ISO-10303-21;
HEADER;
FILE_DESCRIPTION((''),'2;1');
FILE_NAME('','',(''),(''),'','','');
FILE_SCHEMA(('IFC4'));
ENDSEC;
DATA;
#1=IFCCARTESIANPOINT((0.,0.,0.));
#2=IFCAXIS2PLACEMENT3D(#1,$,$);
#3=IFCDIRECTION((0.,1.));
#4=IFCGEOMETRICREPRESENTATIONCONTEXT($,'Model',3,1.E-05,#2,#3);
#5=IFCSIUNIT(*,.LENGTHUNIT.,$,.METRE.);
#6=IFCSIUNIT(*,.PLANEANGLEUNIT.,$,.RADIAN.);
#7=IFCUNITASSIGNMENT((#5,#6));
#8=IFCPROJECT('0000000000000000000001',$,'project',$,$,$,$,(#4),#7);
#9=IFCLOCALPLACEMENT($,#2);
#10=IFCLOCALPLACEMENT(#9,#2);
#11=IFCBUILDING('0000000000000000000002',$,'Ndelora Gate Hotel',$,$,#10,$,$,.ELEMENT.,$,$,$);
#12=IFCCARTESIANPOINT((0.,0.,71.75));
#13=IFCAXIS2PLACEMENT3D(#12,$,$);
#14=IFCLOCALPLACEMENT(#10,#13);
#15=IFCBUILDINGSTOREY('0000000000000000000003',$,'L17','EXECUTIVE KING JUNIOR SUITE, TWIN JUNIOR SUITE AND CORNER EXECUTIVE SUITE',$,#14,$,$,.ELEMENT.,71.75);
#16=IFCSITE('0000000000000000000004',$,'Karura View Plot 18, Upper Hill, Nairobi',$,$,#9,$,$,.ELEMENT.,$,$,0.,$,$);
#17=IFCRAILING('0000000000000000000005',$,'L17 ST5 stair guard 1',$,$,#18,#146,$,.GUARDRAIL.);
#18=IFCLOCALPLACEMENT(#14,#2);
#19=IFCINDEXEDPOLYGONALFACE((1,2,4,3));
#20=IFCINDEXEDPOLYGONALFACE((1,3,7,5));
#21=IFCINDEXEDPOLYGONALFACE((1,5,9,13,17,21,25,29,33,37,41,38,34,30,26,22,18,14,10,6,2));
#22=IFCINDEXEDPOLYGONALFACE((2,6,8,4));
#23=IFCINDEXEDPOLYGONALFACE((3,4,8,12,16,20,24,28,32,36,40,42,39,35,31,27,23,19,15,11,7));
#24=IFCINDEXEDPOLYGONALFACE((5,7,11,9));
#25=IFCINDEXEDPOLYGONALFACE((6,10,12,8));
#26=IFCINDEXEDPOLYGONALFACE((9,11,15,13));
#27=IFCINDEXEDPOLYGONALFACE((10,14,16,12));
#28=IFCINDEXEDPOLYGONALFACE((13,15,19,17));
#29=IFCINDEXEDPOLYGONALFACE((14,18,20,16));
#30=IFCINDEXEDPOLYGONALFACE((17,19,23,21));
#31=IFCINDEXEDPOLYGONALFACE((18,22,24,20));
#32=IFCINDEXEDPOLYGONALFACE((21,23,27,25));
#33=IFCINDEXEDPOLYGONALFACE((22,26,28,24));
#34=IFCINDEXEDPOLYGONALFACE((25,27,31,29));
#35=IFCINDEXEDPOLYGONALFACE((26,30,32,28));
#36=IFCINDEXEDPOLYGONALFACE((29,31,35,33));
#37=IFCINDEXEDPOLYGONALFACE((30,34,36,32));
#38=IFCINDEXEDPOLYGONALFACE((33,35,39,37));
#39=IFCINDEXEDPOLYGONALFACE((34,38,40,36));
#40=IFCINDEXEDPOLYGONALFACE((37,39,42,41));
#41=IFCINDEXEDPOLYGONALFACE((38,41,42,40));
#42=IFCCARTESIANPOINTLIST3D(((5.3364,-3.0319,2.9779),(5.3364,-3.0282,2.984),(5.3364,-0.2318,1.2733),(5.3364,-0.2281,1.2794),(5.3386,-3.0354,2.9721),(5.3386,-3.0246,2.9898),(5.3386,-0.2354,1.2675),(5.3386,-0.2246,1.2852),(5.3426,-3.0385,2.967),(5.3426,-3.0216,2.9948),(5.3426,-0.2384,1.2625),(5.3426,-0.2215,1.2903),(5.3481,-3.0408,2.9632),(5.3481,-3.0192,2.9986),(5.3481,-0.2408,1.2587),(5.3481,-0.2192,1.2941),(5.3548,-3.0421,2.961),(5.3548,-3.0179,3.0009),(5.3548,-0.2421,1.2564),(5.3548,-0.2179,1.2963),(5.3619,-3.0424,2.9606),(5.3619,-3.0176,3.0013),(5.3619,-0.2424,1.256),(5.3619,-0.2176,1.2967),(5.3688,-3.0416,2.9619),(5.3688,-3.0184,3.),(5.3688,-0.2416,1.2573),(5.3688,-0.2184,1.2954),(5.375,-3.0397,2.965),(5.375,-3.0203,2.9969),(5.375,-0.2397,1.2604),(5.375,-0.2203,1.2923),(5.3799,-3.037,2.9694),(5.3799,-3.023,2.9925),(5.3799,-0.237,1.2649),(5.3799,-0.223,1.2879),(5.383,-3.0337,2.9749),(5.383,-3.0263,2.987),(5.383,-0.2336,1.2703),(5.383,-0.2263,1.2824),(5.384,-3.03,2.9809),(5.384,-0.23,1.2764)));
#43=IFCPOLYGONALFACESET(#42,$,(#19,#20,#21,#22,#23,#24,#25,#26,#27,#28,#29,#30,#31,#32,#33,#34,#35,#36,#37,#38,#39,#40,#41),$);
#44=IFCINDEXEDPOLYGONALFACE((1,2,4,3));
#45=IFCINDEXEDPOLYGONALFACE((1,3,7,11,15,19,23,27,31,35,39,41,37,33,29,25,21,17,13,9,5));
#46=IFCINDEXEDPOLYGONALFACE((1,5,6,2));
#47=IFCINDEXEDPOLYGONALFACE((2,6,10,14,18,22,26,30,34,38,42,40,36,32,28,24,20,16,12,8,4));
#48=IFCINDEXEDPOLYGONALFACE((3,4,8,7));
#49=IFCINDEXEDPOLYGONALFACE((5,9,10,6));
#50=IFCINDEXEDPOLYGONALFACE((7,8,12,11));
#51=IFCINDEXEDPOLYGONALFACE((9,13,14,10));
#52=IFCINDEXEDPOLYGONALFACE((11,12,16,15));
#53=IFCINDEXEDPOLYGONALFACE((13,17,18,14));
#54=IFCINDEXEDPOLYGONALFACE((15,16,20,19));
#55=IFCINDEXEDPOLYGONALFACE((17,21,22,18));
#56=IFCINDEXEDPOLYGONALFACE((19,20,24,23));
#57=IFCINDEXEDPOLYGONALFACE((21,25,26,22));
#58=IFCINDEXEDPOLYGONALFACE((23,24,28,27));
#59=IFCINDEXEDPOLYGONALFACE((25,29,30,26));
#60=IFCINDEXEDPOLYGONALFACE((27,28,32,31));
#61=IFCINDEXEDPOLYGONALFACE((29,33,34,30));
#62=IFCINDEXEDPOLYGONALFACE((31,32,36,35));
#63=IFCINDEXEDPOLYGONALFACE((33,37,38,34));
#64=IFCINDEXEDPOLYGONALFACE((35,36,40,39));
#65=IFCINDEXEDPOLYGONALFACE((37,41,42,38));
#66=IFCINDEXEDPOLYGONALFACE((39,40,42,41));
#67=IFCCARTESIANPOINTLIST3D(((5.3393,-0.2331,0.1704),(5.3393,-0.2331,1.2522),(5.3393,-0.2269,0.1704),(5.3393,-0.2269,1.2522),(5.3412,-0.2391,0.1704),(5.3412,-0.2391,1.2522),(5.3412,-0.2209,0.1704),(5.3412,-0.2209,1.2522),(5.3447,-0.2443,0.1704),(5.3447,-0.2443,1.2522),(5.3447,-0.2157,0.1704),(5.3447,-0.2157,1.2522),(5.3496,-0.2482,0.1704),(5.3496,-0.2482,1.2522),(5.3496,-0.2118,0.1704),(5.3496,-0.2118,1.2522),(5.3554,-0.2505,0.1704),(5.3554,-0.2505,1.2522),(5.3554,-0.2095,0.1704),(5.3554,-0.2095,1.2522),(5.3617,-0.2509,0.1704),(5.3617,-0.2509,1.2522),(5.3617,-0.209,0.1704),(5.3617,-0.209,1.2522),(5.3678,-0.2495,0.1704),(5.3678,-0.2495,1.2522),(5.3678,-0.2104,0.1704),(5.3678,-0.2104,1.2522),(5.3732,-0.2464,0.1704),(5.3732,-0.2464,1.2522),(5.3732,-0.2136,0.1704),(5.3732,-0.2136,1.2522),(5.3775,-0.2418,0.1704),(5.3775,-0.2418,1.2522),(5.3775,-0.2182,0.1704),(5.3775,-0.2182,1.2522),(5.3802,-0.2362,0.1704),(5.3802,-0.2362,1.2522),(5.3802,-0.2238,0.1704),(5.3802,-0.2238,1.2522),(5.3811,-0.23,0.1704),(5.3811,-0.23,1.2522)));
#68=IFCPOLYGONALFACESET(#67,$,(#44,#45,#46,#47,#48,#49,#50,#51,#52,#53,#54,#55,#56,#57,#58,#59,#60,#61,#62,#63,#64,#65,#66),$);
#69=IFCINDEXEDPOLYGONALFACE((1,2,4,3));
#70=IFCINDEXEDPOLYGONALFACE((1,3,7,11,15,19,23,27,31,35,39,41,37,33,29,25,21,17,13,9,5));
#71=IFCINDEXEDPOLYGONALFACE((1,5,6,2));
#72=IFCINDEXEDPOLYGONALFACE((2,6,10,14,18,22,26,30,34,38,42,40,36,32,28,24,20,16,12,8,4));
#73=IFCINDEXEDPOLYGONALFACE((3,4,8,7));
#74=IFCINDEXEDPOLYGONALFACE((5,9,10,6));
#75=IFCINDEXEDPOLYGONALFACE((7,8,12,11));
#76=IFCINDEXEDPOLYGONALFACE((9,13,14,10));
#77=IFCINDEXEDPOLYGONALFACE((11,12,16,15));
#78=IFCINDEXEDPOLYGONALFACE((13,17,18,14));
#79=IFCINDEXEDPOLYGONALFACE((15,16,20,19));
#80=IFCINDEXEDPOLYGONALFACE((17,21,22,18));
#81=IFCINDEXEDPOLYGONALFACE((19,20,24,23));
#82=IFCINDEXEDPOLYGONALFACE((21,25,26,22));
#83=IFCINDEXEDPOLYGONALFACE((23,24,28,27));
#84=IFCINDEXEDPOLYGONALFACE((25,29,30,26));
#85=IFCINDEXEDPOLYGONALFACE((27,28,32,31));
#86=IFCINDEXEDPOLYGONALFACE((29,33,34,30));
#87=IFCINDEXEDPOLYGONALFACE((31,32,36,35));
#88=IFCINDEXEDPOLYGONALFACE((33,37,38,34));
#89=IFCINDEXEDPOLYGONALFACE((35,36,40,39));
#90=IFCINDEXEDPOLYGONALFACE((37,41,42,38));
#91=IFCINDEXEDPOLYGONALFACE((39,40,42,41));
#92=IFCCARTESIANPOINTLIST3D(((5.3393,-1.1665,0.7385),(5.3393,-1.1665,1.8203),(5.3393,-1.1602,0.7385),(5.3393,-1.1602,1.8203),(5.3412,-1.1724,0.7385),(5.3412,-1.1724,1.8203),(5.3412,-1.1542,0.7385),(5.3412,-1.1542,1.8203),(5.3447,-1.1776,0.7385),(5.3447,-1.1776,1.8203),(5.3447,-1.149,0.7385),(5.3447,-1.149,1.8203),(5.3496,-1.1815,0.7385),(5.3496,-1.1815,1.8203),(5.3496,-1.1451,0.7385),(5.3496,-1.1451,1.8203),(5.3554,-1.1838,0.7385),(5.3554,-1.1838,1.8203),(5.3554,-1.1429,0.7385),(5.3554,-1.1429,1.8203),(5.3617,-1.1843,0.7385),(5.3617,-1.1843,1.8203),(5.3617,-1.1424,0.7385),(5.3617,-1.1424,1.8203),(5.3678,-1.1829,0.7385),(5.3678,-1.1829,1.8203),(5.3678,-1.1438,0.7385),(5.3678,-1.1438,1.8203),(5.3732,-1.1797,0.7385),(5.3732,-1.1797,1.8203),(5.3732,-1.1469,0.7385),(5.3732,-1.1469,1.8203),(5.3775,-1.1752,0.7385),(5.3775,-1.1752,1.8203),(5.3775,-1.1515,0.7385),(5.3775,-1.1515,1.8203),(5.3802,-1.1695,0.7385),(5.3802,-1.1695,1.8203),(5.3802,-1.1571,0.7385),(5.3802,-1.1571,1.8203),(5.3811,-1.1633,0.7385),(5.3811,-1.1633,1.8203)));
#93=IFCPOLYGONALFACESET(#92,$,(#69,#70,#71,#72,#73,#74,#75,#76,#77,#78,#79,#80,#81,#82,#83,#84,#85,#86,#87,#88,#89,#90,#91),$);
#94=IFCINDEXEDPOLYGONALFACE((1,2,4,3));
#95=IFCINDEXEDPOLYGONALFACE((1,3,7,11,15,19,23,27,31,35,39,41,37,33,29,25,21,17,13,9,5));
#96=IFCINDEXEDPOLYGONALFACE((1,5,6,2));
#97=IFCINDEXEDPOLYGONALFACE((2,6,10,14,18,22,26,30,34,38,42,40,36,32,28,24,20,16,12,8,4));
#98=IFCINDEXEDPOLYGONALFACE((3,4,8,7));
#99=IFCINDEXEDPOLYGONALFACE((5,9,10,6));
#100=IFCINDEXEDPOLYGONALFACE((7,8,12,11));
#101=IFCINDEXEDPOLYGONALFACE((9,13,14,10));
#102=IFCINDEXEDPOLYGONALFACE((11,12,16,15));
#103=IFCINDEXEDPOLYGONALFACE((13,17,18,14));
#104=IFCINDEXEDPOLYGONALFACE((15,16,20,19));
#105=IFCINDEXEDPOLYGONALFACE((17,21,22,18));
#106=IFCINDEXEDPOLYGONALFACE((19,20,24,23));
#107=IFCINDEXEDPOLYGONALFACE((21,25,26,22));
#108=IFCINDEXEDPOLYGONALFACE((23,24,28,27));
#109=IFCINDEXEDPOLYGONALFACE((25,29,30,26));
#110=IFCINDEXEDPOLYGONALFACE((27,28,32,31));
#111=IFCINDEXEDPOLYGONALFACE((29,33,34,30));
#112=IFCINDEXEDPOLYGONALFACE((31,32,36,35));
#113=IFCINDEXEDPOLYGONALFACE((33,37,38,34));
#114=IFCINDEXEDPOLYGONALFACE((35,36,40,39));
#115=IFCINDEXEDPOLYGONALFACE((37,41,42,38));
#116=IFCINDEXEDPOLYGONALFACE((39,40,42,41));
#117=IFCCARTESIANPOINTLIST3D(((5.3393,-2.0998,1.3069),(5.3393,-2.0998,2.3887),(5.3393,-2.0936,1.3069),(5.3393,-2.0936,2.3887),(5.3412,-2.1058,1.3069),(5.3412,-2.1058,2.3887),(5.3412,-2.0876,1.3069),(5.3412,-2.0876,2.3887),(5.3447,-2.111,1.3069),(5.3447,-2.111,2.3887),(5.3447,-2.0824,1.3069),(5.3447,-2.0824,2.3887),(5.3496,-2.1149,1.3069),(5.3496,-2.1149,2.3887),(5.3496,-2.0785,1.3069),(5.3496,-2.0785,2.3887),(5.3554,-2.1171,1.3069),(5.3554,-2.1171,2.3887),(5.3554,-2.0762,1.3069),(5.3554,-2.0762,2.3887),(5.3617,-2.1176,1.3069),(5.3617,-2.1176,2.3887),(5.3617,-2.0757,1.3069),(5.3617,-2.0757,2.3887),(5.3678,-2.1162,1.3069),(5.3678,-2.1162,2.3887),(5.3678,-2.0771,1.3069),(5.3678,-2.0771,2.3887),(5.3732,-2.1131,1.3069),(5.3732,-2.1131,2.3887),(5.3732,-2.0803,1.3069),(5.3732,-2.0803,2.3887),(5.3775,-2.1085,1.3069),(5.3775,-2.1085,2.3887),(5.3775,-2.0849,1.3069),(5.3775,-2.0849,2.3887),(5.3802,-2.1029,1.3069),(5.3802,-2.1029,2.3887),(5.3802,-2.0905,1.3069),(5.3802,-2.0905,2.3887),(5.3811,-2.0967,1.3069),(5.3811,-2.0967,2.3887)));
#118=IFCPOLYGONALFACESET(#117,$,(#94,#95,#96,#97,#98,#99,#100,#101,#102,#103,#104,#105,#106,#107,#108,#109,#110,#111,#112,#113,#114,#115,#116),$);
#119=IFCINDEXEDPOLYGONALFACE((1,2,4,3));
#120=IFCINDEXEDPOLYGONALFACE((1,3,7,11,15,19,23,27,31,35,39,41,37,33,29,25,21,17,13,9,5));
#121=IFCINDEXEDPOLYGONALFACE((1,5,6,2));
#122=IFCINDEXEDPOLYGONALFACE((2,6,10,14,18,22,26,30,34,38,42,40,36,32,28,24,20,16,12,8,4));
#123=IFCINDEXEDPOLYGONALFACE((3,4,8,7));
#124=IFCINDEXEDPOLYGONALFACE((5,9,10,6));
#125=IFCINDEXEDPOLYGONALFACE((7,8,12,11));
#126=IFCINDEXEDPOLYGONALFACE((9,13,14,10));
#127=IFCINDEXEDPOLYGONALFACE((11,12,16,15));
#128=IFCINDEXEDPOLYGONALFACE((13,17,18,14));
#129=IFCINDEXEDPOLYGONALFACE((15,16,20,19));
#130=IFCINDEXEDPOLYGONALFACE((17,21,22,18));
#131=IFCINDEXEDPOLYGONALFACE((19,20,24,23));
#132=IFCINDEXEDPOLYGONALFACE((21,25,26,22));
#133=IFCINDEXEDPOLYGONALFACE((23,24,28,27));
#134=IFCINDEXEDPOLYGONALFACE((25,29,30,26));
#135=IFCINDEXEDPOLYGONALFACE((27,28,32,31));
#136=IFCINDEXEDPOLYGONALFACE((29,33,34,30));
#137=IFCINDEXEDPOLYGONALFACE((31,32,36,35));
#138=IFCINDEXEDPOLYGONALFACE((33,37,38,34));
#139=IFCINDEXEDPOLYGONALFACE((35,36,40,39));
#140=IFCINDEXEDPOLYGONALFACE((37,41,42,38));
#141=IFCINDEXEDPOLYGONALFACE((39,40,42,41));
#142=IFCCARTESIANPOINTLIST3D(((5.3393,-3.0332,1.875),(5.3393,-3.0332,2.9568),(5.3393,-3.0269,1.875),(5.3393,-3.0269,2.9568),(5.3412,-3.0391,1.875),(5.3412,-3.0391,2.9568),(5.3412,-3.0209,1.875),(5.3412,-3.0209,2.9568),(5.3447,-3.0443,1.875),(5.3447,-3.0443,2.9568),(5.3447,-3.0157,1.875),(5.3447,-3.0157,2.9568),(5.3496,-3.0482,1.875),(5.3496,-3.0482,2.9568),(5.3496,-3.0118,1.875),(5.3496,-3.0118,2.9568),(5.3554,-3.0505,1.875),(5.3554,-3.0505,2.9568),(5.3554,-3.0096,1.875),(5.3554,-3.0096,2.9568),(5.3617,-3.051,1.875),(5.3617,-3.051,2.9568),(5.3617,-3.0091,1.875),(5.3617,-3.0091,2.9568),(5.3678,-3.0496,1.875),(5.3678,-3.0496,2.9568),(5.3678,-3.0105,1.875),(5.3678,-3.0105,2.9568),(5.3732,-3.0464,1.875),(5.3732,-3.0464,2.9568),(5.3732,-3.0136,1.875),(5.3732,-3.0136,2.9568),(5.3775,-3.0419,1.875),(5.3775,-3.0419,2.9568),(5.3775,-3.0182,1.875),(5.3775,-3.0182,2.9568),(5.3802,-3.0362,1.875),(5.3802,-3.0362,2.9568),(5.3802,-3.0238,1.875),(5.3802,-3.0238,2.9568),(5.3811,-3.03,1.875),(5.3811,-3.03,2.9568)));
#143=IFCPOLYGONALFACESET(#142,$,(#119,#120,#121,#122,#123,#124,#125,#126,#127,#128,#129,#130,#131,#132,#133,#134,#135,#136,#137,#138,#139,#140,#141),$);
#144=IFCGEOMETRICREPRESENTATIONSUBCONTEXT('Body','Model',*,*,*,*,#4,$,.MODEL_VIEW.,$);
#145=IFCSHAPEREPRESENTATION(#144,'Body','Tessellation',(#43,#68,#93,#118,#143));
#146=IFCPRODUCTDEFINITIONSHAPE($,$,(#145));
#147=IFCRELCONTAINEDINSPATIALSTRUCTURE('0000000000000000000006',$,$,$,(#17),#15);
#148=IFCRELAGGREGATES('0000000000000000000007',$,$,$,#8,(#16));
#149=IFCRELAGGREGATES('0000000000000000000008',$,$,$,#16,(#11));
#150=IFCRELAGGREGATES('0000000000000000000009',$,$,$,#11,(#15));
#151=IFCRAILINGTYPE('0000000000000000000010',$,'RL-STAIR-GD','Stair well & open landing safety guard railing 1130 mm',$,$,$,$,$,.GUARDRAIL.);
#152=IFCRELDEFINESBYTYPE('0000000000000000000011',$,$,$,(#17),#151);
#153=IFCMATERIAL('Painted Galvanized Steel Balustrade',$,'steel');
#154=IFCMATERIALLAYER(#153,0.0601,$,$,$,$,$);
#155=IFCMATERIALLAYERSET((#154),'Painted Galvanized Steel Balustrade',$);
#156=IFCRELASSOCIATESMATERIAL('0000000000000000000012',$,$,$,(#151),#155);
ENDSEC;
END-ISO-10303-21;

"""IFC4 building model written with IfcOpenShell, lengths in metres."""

from ifc_helpers import new_model, si_unit, direction, frame, origin, origin_2d, place, context, subcontext, project, spatial, circle, extrude, material, layer, layer_set, type_object, element, save


model = new_model("IFC4")

# Units and contexts
model_context = context("Model", 3, precision=1e-05, world=origin(), true_north=direction((0.0, 1.0)))
body_context = subcontext(model_context, "Body", "Model", "MODEL_VIEW")
ifc_project = project(units=[si_unit("LENGTHUNIT", "METRE"), si_unit("PLANEANGLEUNIT", "RADIAN")], contexts=[model_context])

# Site, building, storey
site_placement = place(None, origin())
site = spatial("IfcSite", under=ifc_project, at=site_placement, Name="Karura View Plot 18, Upper Hill, Nairobi", CompositionType="ELEMENT", RefElevation=0.0)
building_placement = place(site_placement, origin())
building = spatial("IfcBuilding", under=site, at=building_placement, Name="Ndelora Gate Hotel", CompositionType="ELEMENT")
storey_placement = place(building_placement, frame((0.0, 0.0, 71.75)))
storey = spatial("IfcBuildingStorey", under=building, at=storey_placement, Name="L17", Description="EXECUTIVE KING JUNIOR SUITE, TWIN JUNIOR SUITE AND CORNER EXECUTIVE SUITE", CompositionType="ELEMENT", Elevation=71.75)

# Railing
ifc_material_1 = material(Name="Painted Galvanized Steel Balustrade", Category="steel")
ifc_layer_1 = layer(ifc_material_1, 0.0601)
ifc_layer_set_1 = layer_set([ifc_layer_1], Name="Painted Galvanized Steel Balustrade")
railing_type_1 = type_object("IfcRailingType", Name="RL-STAIR-GD", Description="Stair well & open landing safety guard railing 1130 mm", PredefinedType="GUARDRAIL", material=ifc_layer_set_1)
railing_1_placement = place(storey_placement, frame((5.3601, -0.23, 0.1704)))
element("IfcRailing", 1, at=railing_1_placement, inside=storey, type_object=railing_type_1, Name="L17 ST5 stair guard 1", PredefinedType="GUARDRAIL", context=body_context, shape_type="SweptSolid", body=[
    extrude(circle(Radius=0.0239, at=origin_2d()), frame((0.0, 0.0, 1.106), z_axis=(0.0, -0.85417, 0.519994), x_axis=(1.0, 0.0, 0.0)), (0.0, 0.0, 1.0), 3.2781),
    extrude(circle(Radius=0.021, at=origin_2d()), origin(), (0.0, 0.0, 1.0), 1.0818),
    extrude(circle(Radius=0.021, at=origin_2d()), frame((0.0, -0.9333, 0.5681)), (0.0, 0.0, 1.0), 1.0818),
    extrude(circle(Radius=0.021, at=origin_2d()), frame((0.0, -1.8667, 1.1365)), (0.0, 0.0, 1.0), 1.0818),
    extrude(circle(Radius=0.021, at=origin_2d()), frame((0.0, -2.8, 1.7046)), (0.0, 0.0, 1.0), 1.0818),
])

save(model, "model.ifc")
